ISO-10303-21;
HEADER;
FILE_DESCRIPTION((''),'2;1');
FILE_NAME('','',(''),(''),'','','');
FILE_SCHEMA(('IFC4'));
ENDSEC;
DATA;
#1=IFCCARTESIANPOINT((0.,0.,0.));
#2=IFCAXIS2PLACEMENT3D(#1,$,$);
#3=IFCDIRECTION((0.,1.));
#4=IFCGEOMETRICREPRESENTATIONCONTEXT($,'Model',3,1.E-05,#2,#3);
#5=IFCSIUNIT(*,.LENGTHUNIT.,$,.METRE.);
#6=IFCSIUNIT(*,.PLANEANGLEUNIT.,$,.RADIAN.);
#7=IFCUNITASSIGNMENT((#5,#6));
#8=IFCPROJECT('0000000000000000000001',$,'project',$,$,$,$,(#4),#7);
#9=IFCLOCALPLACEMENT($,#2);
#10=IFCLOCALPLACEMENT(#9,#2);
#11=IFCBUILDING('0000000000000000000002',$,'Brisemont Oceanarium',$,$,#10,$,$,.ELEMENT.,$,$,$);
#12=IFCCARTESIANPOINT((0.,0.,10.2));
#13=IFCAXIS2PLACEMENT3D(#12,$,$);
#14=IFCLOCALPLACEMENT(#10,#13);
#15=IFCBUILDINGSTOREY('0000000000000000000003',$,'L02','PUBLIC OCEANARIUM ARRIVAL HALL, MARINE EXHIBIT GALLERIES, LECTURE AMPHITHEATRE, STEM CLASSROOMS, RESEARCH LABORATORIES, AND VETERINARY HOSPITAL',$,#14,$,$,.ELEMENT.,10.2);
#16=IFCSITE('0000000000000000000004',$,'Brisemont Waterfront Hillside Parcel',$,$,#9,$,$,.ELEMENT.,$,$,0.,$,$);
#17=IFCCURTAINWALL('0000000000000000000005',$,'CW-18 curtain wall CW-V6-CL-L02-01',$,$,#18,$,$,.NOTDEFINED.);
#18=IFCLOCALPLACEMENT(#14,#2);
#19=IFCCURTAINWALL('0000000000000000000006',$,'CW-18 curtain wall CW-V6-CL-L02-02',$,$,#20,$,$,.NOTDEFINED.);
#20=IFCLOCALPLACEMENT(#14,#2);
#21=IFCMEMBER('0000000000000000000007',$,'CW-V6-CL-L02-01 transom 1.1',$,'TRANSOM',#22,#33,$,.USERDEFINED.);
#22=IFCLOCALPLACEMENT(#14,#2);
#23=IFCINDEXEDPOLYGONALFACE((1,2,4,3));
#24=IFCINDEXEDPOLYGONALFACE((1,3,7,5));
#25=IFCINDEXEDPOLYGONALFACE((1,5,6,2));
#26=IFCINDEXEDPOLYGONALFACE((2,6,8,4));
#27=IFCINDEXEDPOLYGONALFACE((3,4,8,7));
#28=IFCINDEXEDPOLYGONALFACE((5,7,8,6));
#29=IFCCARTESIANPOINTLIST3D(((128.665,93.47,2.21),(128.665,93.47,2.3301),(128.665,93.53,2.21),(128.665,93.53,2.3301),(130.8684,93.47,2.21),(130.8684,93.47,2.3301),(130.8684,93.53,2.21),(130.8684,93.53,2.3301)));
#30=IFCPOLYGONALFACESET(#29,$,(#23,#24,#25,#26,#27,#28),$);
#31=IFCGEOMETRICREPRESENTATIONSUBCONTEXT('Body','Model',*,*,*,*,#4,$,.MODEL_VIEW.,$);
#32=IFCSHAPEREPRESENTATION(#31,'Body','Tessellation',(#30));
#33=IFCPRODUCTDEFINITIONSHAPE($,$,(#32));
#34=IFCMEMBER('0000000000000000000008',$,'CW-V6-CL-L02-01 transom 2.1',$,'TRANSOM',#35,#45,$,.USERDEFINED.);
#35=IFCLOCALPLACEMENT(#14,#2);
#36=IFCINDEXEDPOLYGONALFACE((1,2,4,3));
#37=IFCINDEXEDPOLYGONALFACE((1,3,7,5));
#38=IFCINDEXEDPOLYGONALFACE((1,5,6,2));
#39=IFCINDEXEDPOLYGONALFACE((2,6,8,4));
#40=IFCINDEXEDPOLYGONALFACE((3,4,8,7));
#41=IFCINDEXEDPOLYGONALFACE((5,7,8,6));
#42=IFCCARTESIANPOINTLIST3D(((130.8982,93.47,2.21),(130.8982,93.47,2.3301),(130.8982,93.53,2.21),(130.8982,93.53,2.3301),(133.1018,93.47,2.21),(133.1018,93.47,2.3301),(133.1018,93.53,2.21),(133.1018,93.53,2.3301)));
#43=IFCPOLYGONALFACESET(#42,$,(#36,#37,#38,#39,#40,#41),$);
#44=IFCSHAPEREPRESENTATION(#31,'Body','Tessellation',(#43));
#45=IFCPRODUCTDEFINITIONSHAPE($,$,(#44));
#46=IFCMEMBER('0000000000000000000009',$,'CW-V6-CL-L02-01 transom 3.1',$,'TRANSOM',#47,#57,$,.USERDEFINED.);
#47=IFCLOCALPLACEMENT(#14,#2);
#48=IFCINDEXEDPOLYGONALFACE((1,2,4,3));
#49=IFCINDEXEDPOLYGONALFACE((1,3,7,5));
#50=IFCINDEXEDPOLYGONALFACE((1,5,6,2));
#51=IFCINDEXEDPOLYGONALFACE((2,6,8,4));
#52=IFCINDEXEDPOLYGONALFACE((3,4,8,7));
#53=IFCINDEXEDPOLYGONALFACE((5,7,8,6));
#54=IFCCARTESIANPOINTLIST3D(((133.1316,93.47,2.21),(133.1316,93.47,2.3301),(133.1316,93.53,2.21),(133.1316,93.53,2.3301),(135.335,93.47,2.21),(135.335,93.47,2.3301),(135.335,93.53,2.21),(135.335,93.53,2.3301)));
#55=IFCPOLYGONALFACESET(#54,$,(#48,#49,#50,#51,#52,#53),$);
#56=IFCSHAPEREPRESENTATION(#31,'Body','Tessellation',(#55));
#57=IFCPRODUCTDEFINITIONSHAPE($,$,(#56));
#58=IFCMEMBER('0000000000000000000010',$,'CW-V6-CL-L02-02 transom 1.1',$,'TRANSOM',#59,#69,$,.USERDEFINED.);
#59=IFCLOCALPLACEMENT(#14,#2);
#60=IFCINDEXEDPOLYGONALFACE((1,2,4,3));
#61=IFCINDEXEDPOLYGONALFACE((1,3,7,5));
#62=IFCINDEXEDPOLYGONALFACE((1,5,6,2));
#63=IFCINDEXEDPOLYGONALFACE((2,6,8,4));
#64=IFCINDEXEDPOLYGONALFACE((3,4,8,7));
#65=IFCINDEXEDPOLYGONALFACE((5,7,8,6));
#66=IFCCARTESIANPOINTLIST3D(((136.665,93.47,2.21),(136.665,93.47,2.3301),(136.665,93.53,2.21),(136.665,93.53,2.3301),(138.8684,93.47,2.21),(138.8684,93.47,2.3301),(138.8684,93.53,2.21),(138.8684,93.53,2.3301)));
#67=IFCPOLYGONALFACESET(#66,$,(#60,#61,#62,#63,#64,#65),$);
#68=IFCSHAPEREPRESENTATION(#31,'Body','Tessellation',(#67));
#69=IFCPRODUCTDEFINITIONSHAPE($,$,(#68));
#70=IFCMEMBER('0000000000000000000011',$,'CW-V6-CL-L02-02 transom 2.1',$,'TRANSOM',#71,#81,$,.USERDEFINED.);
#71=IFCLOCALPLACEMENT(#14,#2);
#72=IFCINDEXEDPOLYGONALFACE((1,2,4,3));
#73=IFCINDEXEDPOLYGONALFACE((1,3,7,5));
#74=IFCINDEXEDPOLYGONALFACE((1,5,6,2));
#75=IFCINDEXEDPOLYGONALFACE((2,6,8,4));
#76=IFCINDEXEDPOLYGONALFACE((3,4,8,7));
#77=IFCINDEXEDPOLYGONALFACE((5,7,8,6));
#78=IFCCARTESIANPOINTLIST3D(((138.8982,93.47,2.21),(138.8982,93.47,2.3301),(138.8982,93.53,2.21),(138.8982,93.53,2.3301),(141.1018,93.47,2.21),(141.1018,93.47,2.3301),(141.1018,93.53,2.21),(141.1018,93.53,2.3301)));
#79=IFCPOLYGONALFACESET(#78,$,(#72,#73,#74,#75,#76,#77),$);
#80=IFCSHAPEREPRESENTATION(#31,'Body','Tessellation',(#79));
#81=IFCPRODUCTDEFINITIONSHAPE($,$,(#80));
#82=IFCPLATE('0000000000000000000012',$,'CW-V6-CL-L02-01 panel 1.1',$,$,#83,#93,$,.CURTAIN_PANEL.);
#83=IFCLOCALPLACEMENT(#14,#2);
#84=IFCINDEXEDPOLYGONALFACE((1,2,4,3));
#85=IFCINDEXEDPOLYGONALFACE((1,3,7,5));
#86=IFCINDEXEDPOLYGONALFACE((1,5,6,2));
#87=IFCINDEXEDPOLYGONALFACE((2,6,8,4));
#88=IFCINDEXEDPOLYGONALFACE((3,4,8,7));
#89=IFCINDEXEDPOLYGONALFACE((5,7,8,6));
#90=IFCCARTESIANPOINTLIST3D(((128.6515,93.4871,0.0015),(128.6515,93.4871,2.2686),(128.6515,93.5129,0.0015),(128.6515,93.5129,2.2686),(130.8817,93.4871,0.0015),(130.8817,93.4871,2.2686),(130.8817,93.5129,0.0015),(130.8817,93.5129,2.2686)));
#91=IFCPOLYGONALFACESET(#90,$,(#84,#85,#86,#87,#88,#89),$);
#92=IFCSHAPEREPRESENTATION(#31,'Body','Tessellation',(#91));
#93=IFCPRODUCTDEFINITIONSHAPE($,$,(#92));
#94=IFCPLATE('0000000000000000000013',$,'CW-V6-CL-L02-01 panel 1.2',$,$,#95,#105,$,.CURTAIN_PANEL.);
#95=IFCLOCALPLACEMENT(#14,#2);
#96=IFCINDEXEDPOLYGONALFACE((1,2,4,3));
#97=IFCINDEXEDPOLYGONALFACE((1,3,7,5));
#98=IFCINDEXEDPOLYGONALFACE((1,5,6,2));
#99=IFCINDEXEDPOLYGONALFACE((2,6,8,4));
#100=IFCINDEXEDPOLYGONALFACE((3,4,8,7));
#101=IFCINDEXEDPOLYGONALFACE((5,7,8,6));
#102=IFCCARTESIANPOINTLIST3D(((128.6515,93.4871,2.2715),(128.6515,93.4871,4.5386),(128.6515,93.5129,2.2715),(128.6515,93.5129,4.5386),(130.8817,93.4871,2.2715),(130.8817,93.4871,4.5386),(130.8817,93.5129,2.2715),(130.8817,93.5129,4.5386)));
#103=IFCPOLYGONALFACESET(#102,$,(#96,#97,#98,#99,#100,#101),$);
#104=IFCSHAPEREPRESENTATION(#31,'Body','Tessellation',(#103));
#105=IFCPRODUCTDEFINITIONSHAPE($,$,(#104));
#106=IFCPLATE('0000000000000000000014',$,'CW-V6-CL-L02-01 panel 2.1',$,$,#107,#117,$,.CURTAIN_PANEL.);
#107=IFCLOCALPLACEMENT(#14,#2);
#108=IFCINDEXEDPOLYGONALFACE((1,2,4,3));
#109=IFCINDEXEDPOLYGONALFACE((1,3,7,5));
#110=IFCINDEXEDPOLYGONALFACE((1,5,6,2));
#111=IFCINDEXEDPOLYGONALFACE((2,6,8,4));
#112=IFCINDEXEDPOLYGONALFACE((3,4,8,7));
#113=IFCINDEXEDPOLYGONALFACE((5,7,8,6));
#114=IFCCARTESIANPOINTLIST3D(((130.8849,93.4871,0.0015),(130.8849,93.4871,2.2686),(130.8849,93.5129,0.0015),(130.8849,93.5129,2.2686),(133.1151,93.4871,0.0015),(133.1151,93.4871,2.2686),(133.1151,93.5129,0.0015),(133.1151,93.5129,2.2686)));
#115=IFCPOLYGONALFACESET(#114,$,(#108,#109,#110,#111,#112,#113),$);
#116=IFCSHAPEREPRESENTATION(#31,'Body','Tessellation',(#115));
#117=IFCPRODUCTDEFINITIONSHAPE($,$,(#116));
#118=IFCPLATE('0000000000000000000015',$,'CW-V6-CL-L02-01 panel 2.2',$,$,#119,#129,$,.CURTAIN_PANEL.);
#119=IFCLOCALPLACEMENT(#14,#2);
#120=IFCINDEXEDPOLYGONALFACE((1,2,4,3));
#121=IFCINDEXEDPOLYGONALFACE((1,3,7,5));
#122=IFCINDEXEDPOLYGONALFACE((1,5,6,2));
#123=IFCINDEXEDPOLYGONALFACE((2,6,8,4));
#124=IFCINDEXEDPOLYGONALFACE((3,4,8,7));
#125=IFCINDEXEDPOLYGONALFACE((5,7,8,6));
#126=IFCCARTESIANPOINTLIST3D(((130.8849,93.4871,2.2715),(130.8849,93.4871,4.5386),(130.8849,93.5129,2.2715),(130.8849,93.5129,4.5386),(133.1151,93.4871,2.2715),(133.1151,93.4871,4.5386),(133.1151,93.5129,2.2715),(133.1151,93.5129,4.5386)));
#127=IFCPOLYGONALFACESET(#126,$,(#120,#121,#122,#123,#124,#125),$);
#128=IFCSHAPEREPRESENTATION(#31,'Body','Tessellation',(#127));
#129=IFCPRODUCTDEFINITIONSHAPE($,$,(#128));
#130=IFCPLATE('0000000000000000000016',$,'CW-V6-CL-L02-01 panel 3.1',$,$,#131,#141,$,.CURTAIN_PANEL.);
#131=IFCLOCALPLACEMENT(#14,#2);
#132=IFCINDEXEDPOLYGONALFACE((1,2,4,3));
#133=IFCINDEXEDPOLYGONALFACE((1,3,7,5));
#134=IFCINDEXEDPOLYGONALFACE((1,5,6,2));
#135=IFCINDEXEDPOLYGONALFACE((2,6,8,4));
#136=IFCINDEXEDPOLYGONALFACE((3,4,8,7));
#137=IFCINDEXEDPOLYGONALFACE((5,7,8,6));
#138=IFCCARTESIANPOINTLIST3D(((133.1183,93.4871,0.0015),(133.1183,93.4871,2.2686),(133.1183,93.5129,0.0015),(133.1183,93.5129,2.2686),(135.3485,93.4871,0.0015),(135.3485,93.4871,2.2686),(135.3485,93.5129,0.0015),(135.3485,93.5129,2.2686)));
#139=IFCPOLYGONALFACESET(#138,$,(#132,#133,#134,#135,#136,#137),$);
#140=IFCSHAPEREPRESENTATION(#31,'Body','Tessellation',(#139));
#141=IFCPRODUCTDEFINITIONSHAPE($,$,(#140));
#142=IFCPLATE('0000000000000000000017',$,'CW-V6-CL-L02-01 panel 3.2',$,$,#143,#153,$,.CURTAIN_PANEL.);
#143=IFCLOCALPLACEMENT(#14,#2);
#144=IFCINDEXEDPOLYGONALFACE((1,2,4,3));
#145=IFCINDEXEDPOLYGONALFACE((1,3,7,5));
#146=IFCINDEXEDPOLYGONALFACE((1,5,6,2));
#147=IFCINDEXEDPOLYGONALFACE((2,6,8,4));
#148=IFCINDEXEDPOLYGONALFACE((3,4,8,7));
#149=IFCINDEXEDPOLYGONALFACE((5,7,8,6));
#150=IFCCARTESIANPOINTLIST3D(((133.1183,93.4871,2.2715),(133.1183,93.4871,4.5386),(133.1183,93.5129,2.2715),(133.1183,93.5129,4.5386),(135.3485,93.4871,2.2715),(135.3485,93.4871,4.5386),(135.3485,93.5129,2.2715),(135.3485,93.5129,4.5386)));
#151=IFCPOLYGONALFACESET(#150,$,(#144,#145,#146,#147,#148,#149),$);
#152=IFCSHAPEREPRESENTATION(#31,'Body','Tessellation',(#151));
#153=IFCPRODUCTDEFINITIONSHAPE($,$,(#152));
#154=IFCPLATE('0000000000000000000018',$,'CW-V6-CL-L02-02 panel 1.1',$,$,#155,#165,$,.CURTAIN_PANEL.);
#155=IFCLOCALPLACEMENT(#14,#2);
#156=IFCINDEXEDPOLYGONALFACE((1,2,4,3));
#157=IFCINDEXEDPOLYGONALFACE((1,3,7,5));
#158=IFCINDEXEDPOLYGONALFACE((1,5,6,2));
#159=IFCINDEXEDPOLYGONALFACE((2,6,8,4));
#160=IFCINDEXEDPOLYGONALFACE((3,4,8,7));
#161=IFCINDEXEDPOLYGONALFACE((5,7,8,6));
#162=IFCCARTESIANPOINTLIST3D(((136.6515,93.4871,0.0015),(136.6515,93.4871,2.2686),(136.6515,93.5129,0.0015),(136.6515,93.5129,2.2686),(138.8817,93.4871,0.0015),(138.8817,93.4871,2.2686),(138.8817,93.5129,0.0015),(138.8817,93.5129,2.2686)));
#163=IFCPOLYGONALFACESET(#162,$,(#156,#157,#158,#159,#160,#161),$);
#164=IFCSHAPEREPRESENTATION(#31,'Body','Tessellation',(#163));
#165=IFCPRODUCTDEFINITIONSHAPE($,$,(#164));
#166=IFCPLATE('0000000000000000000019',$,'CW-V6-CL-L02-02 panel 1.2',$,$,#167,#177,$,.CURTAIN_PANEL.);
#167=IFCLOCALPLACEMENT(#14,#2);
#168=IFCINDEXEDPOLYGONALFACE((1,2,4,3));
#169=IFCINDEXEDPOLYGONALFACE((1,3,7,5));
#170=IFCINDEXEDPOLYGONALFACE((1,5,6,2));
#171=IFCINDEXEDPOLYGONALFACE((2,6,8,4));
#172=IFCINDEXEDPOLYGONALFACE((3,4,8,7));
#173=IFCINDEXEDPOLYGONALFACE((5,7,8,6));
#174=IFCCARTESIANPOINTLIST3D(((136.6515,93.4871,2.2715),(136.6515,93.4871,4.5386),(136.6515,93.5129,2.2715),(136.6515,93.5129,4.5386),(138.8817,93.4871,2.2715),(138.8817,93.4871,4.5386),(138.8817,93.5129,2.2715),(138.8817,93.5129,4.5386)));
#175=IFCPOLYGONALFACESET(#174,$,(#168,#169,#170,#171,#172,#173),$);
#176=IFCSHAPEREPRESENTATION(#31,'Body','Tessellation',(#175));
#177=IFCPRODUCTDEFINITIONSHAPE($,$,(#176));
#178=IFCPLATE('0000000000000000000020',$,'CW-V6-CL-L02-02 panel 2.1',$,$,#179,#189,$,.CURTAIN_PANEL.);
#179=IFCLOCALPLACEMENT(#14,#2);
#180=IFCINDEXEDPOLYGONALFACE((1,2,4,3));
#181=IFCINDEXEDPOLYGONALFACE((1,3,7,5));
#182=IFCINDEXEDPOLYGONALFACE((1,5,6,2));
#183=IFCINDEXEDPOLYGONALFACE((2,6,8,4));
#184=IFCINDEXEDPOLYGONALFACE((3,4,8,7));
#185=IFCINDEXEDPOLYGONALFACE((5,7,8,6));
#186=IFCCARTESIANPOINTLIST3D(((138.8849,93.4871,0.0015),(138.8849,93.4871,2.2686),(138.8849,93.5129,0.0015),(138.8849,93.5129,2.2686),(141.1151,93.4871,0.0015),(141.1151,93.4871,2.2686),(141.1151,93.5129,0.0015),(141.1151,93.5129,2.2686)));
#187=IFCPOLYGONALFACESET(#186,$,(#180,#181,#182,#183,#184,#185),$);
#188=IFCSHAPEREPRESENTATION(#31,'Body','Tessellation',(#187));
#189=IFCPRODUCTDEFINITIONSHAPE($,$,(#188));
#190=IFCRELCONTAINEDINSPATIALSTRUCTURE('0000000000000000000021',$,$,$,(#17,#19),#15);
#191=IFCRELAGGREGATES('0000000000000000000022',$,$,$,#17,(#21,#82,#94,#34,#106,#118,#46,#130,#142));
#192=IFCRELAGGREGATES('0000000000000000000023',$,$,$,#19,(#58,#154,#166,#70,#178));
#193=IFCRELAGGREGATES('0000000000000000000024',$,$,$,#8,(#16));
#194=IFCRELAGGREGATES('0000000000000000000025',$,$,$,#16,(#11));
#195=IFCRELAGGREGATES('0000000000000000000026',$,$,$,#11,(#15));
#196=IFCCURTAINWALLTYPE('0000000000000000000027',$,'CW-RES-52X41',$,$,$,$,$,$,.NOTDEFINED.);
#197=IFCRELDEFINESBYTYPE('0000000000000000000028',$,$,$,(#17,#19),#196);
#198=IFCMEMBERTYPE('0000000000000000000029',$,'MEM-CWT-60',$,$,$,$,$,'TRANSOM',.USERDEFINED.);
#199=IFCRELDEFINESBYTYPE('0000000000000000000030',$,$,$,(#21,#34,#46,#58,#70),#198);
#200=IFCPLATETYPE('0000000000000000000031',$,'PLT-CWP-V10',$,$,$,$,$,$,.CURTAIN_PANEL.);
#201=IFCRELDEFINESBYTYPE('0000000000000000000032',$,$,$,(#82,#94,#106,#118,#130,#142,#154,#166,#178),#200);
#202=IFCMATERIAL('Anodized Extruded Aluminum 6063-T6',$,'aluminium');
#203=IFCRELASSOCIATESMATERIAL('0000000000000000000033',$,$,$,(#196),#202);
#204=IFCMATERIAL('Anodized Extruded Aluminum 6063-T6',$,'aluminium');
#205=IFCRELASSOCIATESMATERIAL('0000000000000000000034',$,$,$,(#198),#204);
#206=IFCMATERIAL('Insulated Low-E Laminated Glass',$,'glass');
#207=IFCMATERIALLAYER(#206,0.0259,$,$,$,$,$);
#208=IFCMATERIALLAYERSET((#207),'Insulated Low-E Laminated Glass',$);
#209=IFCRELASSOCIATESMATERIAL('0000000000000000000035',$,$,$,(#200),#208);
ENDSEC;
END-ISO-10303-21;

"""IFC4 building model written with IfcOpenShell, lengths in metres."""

from ifc_helpers import new_model, si_unit, direction, frame, origin, origin_2d, place, context, subcontext, project, spatial, rectangle, extrude, material, layer, layer_set, material_profile, profile_set, type_object, element, aggregate, save


model = new_model("IFC4")

# Units and contexts
model_context = context("Model", 3, precision=1e-05, world=origin(), true_north=direction((0.0, 1.0)))
body_context = subcontext(model_context, "Body", "Model", "MODEL_VIEW")
ifc_project = project(units=[si_unit("LENGTHUNIT", "METRE"), si_unit("PLANEANGLEUNIT", "RADIAN")], contexts=[model_context])

# Site, building, storey
site_placement = place(None, origin())
site = spatial("IfcSite", under=ifc_project, at=site_placement, Name="Brisemont Waterfront Hillside Parcel", CompositionType="ELEMENT", RefElevation=0.0)
building_placement = place(site_placement, origin())
building = spatial("IfcBuilding", under=site, at=building_placement, Name="Brisemont Oceanarium", CompositionType="ELEMENT")
storey_placement = place(building_placement, frame((0.0, 0.0, 10.2)))
storey = spatial("IfcBuildingStorey", under=building, at=storey_placement, Name="L02", Description="PUBLIC OCEANARIUM ARRIVAL HALL, MARINE EXHIBIT GALLERIES, LECTURE AMPHITHEATRE, STEM CLASSROOMS, RESEARCH LABORATORIES, AND VETERINARY HOSPITAL", CompositionType="ELEMENT", Elevation=10.2)

# Curtain walls
ifc_material_1 = material(Name="Anodized Extruded Aluminum 6063-T6", Category="aluminium")
curtain_wall_type = type_object("IfcCurtainWallType", Name="CW-RES-52X41", PredefinedType="NOTDEFINED", material=ifc_material_1)
curtain_wall_1_placement = place(storey_placement, origin())
curtain_wall_1 = element("IfcCurtainWall", 1, at=curtain_wall_1_placement, inside=storey, type_object=curtain_wall_type, Name="CW-18 curtain wall CW-V6-CL-L02-01", PredefinedType="NOTDEFINED")
curtain_wall_2_placement = place(storey_placement, origin())
curtain_wall_2 = element("IfcCurtainWall", 2, at=curtain_wall_2_placement, inside=storey, type_object=curtain_wall_type, Name="CW-18 curtain wall CW-V6-CL-L02-02", PredefinedType="NOTDEFINED")

# Members
ifc_material_2 = material(Name="Anodized Extruded Aluminum 6063-T6", Category="aluminium")
ifc_material_profile_1 = material_profile(ifc_material_2, rectangle(XDim=0.0601, YDim=0.1201, at=origin_2d()), Name="CWT-60X120")
ifc_profile_set_1 = profile_set([ifc_material_profile_1], Name="Anodized Extruded Aluminum 6063-T6")
member_type_1 = type_object("IfcMemberType", Name="MEM-CWT-60", ElementType="TRANSOM", PredefinedType="USERDEFINED", material=ifc_profile_set_1)
member_1_placement = place(storey_placement, frame((128.665, 93.5, 2.27), z_axis=(1.0, 0.0, 0.0), x_axis=(0.0, 1.0, 0.0)))
member_1 = element("IfcMember", 3, at=member_1_placement, type_object=member_type_1, Name="CW-V6-CL-L02-01 transom 1.1", ObjectType="TRANSOM", PredefinedType="USERDEFINED", context=body_context, shape_type="SweptSolid", body=[
    extrude(rectangle(XDim=0.0601, YDim=0.1201, at=origin_2d()), origin(), (0.0, 0.0, 1.0), 2.2034),
])
member_2_placement = place(storey_placement, frame((130.8982, 93.5, 2.27), z_axis=(1.0, 0.0, 0.0), x_axis=(0.0, 1.0, 0.0)))
member_2 = element("IfcMember", 4, at=member_2_placement, type_object=member_type_1, Name="CW-V6-CL-L02-01 transom 2.1", ObjectType="TRANSOM", PredefinedType="USERDEFINED", context=body_context, shape_type="SweptSolid", body=[
    extrude(rectangle(XDim=0.0601, YDim=0.1201, at=origin_2d()), origin(), (0.0, 0.0, 1.0), 2.2036),
])
member_3_placement = place(storey_placement, frame((133.1316, 93.5, 2.27), z_axis=(1.0, 0.0, 0.0), x_axis=(0.0, 1.0, 0.0)))
member_3 = element("IfcMember", 5, at=member_3_placement, type_object=member_type_1, Name="CW-V6-CL-L02-01 transom 3.1", ObjectType="TRANSOM", PredefinedType="USERDEFINED", context=body_context, shape_type="SweptSolid", body=[
    extrude(rectangle(XDim=0.0601, YDim=0.1201, at=origin_2d()), origin(), (0.0, 0.0, 1.0), 2.2034),
])
member_4_placement = place(storey_placement, frame((136.665, 93.5, 2.27), z_axis=(1.0, 0.0, 0.0), x_axis=(0.0, 1.0, 0.0)))
member_4 = element("IfcMember", 6, at=member_4_placement, type_object=member_type_1, Name="CW-V6-CL-L02-02 transom 1.1", ObjectType="TRANSOM", PredefinedType="USERDEFINED", context=body_context, shape_type="SweptSolid", body=[
    extrude(rectangle(XDim=0.0601, YDim=0.1201, at=origin_2d()), origin(), (0.0, 0.0, 1.0), 2.2034),
])
member_5_placement = place(storey_placement, frame((138.8982, 93.5, 2.27), z_axis=(1.0, 0.0, 0.0), x_axis=(0.0, 1.0, 0.0)))
member_5 = element("IfcMember", 7, at=member_5_placement, type_object=member_type_1, Name="CW-V6-CL-L02-02 transom 2.1", ObjectType="TRANSOM", PredefinedType="USERDEFINED", context=body_context, shape_type="SweptSolid", body=[
    extrude(rectangle(XDim=0.0601, YDim=0.1201, at=origin_2d()), origin(), (0.0, 0.0, 1.0), 2.2036),
])

# Plates
ifc_material_3 = material(Name="Insulated Low-E Laminated Glass", Category="glass")
ifc_layer = layer(ifc_material_3, 0.0259)
ifc_layer_set = layer_set([ifc_layer], Name="Insulated Low-E Laminated Glass")
plate_type = type_object("IfcPlateType", Name="PLT-CWP-V10", PredefinedType="CURTAIN_PANEL", material=ifc_layer_set)
plate_1_placement = place(storey_placement, frame((129.7666, 93.5, 0.0015), z_axis=(0.0, 0.0, 1.0), x_axis=(1.0, 0.0, 0.0)))
plate_1 = element("IfcPlate", 8, at=plate_1_placement, type_object=plate_type, Name="CW-V6-CL-L02-01 panel 1.1", PredefinedType="CURTAIN_PANEL", context=body_context, shape_type="SweptSolid", body=[
    extrude(rectangle(XDim=2.2302, YDim=0.0259, at=origin_2d()), origin(), (0.0, 0.0, 1.0), 2.2671),
])
plate_2_placement = place(storey_placement, frame((129.7666, 93.5, 2.2715), z_axis=(0.0, 0.0, 1.0), x_axis=(1.0, 0.0, 0.0)))
plate_2 = element("IfcPlate", 9, at=plate_2_placement, type_object=plate_type, Name="CW-V6-CL-L02-01 panel 1.2", PredefinedType="CURTAIN_PANEL", context=body_context, shape_type="SweptSolid", body=[
    extrude(rectangle(XDim=2.2302, YDim=0.0259, at=origin_2d()), origin(), (0.0, 0.0, 1.0), 2.2671),
])
plate_3_placement = place(storey_placement, frame((132.0, 93.5, 0.0015), z_axis=(0.0, 0.0, 1.0), x_axis=(1.0, 0.0, 0.0)))
plate_3 = element("IfcPlate", 10, at=plate_3_placement, type_object=plate_type, Name="CW-V6-CL-L02-01 panel 2.1", PredefinedType="CURTAIN_PANEL", context=body_context, shape_type="SweptSolid", body=[
    extrude(rectangle(XDim=2.2302, YDim=0.0259, at=origin_2d()), origin(), (0.0, 0.0, 1.0), 2.2671),
])
plate_4_placement = place(storey_placement, frame((132.0, 93.5, 2.2715), z_axis=(0.0, 0.0, 1.0), x_axis=(1.0, 0.0, 0.0)))
plate_4 = element("IfcPlate", 11, at=plate_4_placement, type_object=plate_type, Name="CW-V6-CL-L02-01 panel 2.2", PredefinedType="CURTAIN_PANEL", context=body_context, shape_type="SweptSolid", body=[
    extrude(rectangle(XDim=2.2302, YDim=0.0259, at=origin_2d()), origin(), (0.0, 0.0, 1.0), 2.2671),
])
plate_5_placement = place(storey_placement, frame((134.2334, 93.5, 0.0015), z_axis=(0.0, 0.0, 1.0), x_axis=(1.0, 0.0, 0.0)))
plate_5 = element("IfcPlate", 12, at=plate_5_placement, type_object=plate_type, Name="CW-V6-CL-L02-01 panel 3.1", PredefinedType="CURTAIN_PANEL", context=body_context, shape_type="SweptSolid", body=[
    extrude(rectangle(XDim=2.2302, YDim=0.0259, at=origin_2d()), origin(), (0.0, 0.0, 1.0), 2.2671),
])
plate_6_placement = place(storey_placement, frame((134.2334, 93.5, 2.2715), z_axis=(0.0, 0.0, 1.0), x_axis=(1.0, 0.0, 0.0)))
plate_6 = element("IfcPlate", 13, at=plate_6_placement, type_object=plate_type, Name="CW-V6-CL-L02-01 panel 3.2", PredefinedType="CURTAIN_PANEL", context=body_context, shape_type="SweptSolid", body=[
    extrude(rectangle(XDim=2.2302, YDim=0.0259, at=origin_2d()), origin(), (0.0, 0.0, 1.0), 2.2671),
])
aggregate(curtain_wall_1, [member_1, plate_1, plate_2, member_2, plate_3, plate_4, member_3, plate_5, plate_6])
plate_7_placement = place(storey_placement, frame((137.7666, 93.5, 0.0015), z_axis=(0.0, 0.0, 1.0), x_axis=(1.0, 0.0, 0.0)))
plate_7 = element("IfcPlate", 14, at=plate_7_placement, type_object=plate_type, Name="CW-V6-CL-L02-02 panel 1.1", PredefinedType="CURTAIN_PANEL", context=body_context, shape_type="SweptSolid", body=[
    extrude(rectangle(XDim=2.2302, YDim=0.0259, at=origin_2d()), origin(), (0.0, 0.0, 1.0), 2.2671),
])
plate_8_placement = place(storey_placement, frame((137.7666, 93.5, 2.2715), z_axis=(0.0, 0.0, 1.0), x_axis=(1.0, 0.0, 0.0)))
plate_8 = element("IfcPlate", 15, at=plate_8_placement, type_object=plate_type, Name="CW-V6-CL-L02-02 panel 1.2", PredefinedType="CURTAIN_PANEL", context=body_context, shape_type="SweptSolid", body=[
    extrude(rectangle(XDim=2.2302, YDim=0.0259, at=origin_2d()), origin(), (0.0, 0.0, 1.0), 2.2671),
])
plate_9_placement = place(storey_placement, frame((140.0, 93.5, 0.0015), z_axis=(0.0, 0.0, 1.0), x_axis=(1.0, 0.0, 0.0)))
plate_9 = element("IfcPlate", 16, at=plate_9_placement, type_object=plate_type, Name="CW-V6-CL-L02-02 panel 2.1", PredefinedType="CURTAIN_PANEL", context=body_context, shape_type="SweptSolid", body=[
    extrude(rectangle(XDim=2.2302, YDim=0.0259, at=origin_2d()), origin(), (0.0, 0.0, 1.0), 2.2671),
])
aggregate(curtain_wall_2, [member_4, plate_7, plate_8, member_5, plate_9])

save(model, "model.ifc")
